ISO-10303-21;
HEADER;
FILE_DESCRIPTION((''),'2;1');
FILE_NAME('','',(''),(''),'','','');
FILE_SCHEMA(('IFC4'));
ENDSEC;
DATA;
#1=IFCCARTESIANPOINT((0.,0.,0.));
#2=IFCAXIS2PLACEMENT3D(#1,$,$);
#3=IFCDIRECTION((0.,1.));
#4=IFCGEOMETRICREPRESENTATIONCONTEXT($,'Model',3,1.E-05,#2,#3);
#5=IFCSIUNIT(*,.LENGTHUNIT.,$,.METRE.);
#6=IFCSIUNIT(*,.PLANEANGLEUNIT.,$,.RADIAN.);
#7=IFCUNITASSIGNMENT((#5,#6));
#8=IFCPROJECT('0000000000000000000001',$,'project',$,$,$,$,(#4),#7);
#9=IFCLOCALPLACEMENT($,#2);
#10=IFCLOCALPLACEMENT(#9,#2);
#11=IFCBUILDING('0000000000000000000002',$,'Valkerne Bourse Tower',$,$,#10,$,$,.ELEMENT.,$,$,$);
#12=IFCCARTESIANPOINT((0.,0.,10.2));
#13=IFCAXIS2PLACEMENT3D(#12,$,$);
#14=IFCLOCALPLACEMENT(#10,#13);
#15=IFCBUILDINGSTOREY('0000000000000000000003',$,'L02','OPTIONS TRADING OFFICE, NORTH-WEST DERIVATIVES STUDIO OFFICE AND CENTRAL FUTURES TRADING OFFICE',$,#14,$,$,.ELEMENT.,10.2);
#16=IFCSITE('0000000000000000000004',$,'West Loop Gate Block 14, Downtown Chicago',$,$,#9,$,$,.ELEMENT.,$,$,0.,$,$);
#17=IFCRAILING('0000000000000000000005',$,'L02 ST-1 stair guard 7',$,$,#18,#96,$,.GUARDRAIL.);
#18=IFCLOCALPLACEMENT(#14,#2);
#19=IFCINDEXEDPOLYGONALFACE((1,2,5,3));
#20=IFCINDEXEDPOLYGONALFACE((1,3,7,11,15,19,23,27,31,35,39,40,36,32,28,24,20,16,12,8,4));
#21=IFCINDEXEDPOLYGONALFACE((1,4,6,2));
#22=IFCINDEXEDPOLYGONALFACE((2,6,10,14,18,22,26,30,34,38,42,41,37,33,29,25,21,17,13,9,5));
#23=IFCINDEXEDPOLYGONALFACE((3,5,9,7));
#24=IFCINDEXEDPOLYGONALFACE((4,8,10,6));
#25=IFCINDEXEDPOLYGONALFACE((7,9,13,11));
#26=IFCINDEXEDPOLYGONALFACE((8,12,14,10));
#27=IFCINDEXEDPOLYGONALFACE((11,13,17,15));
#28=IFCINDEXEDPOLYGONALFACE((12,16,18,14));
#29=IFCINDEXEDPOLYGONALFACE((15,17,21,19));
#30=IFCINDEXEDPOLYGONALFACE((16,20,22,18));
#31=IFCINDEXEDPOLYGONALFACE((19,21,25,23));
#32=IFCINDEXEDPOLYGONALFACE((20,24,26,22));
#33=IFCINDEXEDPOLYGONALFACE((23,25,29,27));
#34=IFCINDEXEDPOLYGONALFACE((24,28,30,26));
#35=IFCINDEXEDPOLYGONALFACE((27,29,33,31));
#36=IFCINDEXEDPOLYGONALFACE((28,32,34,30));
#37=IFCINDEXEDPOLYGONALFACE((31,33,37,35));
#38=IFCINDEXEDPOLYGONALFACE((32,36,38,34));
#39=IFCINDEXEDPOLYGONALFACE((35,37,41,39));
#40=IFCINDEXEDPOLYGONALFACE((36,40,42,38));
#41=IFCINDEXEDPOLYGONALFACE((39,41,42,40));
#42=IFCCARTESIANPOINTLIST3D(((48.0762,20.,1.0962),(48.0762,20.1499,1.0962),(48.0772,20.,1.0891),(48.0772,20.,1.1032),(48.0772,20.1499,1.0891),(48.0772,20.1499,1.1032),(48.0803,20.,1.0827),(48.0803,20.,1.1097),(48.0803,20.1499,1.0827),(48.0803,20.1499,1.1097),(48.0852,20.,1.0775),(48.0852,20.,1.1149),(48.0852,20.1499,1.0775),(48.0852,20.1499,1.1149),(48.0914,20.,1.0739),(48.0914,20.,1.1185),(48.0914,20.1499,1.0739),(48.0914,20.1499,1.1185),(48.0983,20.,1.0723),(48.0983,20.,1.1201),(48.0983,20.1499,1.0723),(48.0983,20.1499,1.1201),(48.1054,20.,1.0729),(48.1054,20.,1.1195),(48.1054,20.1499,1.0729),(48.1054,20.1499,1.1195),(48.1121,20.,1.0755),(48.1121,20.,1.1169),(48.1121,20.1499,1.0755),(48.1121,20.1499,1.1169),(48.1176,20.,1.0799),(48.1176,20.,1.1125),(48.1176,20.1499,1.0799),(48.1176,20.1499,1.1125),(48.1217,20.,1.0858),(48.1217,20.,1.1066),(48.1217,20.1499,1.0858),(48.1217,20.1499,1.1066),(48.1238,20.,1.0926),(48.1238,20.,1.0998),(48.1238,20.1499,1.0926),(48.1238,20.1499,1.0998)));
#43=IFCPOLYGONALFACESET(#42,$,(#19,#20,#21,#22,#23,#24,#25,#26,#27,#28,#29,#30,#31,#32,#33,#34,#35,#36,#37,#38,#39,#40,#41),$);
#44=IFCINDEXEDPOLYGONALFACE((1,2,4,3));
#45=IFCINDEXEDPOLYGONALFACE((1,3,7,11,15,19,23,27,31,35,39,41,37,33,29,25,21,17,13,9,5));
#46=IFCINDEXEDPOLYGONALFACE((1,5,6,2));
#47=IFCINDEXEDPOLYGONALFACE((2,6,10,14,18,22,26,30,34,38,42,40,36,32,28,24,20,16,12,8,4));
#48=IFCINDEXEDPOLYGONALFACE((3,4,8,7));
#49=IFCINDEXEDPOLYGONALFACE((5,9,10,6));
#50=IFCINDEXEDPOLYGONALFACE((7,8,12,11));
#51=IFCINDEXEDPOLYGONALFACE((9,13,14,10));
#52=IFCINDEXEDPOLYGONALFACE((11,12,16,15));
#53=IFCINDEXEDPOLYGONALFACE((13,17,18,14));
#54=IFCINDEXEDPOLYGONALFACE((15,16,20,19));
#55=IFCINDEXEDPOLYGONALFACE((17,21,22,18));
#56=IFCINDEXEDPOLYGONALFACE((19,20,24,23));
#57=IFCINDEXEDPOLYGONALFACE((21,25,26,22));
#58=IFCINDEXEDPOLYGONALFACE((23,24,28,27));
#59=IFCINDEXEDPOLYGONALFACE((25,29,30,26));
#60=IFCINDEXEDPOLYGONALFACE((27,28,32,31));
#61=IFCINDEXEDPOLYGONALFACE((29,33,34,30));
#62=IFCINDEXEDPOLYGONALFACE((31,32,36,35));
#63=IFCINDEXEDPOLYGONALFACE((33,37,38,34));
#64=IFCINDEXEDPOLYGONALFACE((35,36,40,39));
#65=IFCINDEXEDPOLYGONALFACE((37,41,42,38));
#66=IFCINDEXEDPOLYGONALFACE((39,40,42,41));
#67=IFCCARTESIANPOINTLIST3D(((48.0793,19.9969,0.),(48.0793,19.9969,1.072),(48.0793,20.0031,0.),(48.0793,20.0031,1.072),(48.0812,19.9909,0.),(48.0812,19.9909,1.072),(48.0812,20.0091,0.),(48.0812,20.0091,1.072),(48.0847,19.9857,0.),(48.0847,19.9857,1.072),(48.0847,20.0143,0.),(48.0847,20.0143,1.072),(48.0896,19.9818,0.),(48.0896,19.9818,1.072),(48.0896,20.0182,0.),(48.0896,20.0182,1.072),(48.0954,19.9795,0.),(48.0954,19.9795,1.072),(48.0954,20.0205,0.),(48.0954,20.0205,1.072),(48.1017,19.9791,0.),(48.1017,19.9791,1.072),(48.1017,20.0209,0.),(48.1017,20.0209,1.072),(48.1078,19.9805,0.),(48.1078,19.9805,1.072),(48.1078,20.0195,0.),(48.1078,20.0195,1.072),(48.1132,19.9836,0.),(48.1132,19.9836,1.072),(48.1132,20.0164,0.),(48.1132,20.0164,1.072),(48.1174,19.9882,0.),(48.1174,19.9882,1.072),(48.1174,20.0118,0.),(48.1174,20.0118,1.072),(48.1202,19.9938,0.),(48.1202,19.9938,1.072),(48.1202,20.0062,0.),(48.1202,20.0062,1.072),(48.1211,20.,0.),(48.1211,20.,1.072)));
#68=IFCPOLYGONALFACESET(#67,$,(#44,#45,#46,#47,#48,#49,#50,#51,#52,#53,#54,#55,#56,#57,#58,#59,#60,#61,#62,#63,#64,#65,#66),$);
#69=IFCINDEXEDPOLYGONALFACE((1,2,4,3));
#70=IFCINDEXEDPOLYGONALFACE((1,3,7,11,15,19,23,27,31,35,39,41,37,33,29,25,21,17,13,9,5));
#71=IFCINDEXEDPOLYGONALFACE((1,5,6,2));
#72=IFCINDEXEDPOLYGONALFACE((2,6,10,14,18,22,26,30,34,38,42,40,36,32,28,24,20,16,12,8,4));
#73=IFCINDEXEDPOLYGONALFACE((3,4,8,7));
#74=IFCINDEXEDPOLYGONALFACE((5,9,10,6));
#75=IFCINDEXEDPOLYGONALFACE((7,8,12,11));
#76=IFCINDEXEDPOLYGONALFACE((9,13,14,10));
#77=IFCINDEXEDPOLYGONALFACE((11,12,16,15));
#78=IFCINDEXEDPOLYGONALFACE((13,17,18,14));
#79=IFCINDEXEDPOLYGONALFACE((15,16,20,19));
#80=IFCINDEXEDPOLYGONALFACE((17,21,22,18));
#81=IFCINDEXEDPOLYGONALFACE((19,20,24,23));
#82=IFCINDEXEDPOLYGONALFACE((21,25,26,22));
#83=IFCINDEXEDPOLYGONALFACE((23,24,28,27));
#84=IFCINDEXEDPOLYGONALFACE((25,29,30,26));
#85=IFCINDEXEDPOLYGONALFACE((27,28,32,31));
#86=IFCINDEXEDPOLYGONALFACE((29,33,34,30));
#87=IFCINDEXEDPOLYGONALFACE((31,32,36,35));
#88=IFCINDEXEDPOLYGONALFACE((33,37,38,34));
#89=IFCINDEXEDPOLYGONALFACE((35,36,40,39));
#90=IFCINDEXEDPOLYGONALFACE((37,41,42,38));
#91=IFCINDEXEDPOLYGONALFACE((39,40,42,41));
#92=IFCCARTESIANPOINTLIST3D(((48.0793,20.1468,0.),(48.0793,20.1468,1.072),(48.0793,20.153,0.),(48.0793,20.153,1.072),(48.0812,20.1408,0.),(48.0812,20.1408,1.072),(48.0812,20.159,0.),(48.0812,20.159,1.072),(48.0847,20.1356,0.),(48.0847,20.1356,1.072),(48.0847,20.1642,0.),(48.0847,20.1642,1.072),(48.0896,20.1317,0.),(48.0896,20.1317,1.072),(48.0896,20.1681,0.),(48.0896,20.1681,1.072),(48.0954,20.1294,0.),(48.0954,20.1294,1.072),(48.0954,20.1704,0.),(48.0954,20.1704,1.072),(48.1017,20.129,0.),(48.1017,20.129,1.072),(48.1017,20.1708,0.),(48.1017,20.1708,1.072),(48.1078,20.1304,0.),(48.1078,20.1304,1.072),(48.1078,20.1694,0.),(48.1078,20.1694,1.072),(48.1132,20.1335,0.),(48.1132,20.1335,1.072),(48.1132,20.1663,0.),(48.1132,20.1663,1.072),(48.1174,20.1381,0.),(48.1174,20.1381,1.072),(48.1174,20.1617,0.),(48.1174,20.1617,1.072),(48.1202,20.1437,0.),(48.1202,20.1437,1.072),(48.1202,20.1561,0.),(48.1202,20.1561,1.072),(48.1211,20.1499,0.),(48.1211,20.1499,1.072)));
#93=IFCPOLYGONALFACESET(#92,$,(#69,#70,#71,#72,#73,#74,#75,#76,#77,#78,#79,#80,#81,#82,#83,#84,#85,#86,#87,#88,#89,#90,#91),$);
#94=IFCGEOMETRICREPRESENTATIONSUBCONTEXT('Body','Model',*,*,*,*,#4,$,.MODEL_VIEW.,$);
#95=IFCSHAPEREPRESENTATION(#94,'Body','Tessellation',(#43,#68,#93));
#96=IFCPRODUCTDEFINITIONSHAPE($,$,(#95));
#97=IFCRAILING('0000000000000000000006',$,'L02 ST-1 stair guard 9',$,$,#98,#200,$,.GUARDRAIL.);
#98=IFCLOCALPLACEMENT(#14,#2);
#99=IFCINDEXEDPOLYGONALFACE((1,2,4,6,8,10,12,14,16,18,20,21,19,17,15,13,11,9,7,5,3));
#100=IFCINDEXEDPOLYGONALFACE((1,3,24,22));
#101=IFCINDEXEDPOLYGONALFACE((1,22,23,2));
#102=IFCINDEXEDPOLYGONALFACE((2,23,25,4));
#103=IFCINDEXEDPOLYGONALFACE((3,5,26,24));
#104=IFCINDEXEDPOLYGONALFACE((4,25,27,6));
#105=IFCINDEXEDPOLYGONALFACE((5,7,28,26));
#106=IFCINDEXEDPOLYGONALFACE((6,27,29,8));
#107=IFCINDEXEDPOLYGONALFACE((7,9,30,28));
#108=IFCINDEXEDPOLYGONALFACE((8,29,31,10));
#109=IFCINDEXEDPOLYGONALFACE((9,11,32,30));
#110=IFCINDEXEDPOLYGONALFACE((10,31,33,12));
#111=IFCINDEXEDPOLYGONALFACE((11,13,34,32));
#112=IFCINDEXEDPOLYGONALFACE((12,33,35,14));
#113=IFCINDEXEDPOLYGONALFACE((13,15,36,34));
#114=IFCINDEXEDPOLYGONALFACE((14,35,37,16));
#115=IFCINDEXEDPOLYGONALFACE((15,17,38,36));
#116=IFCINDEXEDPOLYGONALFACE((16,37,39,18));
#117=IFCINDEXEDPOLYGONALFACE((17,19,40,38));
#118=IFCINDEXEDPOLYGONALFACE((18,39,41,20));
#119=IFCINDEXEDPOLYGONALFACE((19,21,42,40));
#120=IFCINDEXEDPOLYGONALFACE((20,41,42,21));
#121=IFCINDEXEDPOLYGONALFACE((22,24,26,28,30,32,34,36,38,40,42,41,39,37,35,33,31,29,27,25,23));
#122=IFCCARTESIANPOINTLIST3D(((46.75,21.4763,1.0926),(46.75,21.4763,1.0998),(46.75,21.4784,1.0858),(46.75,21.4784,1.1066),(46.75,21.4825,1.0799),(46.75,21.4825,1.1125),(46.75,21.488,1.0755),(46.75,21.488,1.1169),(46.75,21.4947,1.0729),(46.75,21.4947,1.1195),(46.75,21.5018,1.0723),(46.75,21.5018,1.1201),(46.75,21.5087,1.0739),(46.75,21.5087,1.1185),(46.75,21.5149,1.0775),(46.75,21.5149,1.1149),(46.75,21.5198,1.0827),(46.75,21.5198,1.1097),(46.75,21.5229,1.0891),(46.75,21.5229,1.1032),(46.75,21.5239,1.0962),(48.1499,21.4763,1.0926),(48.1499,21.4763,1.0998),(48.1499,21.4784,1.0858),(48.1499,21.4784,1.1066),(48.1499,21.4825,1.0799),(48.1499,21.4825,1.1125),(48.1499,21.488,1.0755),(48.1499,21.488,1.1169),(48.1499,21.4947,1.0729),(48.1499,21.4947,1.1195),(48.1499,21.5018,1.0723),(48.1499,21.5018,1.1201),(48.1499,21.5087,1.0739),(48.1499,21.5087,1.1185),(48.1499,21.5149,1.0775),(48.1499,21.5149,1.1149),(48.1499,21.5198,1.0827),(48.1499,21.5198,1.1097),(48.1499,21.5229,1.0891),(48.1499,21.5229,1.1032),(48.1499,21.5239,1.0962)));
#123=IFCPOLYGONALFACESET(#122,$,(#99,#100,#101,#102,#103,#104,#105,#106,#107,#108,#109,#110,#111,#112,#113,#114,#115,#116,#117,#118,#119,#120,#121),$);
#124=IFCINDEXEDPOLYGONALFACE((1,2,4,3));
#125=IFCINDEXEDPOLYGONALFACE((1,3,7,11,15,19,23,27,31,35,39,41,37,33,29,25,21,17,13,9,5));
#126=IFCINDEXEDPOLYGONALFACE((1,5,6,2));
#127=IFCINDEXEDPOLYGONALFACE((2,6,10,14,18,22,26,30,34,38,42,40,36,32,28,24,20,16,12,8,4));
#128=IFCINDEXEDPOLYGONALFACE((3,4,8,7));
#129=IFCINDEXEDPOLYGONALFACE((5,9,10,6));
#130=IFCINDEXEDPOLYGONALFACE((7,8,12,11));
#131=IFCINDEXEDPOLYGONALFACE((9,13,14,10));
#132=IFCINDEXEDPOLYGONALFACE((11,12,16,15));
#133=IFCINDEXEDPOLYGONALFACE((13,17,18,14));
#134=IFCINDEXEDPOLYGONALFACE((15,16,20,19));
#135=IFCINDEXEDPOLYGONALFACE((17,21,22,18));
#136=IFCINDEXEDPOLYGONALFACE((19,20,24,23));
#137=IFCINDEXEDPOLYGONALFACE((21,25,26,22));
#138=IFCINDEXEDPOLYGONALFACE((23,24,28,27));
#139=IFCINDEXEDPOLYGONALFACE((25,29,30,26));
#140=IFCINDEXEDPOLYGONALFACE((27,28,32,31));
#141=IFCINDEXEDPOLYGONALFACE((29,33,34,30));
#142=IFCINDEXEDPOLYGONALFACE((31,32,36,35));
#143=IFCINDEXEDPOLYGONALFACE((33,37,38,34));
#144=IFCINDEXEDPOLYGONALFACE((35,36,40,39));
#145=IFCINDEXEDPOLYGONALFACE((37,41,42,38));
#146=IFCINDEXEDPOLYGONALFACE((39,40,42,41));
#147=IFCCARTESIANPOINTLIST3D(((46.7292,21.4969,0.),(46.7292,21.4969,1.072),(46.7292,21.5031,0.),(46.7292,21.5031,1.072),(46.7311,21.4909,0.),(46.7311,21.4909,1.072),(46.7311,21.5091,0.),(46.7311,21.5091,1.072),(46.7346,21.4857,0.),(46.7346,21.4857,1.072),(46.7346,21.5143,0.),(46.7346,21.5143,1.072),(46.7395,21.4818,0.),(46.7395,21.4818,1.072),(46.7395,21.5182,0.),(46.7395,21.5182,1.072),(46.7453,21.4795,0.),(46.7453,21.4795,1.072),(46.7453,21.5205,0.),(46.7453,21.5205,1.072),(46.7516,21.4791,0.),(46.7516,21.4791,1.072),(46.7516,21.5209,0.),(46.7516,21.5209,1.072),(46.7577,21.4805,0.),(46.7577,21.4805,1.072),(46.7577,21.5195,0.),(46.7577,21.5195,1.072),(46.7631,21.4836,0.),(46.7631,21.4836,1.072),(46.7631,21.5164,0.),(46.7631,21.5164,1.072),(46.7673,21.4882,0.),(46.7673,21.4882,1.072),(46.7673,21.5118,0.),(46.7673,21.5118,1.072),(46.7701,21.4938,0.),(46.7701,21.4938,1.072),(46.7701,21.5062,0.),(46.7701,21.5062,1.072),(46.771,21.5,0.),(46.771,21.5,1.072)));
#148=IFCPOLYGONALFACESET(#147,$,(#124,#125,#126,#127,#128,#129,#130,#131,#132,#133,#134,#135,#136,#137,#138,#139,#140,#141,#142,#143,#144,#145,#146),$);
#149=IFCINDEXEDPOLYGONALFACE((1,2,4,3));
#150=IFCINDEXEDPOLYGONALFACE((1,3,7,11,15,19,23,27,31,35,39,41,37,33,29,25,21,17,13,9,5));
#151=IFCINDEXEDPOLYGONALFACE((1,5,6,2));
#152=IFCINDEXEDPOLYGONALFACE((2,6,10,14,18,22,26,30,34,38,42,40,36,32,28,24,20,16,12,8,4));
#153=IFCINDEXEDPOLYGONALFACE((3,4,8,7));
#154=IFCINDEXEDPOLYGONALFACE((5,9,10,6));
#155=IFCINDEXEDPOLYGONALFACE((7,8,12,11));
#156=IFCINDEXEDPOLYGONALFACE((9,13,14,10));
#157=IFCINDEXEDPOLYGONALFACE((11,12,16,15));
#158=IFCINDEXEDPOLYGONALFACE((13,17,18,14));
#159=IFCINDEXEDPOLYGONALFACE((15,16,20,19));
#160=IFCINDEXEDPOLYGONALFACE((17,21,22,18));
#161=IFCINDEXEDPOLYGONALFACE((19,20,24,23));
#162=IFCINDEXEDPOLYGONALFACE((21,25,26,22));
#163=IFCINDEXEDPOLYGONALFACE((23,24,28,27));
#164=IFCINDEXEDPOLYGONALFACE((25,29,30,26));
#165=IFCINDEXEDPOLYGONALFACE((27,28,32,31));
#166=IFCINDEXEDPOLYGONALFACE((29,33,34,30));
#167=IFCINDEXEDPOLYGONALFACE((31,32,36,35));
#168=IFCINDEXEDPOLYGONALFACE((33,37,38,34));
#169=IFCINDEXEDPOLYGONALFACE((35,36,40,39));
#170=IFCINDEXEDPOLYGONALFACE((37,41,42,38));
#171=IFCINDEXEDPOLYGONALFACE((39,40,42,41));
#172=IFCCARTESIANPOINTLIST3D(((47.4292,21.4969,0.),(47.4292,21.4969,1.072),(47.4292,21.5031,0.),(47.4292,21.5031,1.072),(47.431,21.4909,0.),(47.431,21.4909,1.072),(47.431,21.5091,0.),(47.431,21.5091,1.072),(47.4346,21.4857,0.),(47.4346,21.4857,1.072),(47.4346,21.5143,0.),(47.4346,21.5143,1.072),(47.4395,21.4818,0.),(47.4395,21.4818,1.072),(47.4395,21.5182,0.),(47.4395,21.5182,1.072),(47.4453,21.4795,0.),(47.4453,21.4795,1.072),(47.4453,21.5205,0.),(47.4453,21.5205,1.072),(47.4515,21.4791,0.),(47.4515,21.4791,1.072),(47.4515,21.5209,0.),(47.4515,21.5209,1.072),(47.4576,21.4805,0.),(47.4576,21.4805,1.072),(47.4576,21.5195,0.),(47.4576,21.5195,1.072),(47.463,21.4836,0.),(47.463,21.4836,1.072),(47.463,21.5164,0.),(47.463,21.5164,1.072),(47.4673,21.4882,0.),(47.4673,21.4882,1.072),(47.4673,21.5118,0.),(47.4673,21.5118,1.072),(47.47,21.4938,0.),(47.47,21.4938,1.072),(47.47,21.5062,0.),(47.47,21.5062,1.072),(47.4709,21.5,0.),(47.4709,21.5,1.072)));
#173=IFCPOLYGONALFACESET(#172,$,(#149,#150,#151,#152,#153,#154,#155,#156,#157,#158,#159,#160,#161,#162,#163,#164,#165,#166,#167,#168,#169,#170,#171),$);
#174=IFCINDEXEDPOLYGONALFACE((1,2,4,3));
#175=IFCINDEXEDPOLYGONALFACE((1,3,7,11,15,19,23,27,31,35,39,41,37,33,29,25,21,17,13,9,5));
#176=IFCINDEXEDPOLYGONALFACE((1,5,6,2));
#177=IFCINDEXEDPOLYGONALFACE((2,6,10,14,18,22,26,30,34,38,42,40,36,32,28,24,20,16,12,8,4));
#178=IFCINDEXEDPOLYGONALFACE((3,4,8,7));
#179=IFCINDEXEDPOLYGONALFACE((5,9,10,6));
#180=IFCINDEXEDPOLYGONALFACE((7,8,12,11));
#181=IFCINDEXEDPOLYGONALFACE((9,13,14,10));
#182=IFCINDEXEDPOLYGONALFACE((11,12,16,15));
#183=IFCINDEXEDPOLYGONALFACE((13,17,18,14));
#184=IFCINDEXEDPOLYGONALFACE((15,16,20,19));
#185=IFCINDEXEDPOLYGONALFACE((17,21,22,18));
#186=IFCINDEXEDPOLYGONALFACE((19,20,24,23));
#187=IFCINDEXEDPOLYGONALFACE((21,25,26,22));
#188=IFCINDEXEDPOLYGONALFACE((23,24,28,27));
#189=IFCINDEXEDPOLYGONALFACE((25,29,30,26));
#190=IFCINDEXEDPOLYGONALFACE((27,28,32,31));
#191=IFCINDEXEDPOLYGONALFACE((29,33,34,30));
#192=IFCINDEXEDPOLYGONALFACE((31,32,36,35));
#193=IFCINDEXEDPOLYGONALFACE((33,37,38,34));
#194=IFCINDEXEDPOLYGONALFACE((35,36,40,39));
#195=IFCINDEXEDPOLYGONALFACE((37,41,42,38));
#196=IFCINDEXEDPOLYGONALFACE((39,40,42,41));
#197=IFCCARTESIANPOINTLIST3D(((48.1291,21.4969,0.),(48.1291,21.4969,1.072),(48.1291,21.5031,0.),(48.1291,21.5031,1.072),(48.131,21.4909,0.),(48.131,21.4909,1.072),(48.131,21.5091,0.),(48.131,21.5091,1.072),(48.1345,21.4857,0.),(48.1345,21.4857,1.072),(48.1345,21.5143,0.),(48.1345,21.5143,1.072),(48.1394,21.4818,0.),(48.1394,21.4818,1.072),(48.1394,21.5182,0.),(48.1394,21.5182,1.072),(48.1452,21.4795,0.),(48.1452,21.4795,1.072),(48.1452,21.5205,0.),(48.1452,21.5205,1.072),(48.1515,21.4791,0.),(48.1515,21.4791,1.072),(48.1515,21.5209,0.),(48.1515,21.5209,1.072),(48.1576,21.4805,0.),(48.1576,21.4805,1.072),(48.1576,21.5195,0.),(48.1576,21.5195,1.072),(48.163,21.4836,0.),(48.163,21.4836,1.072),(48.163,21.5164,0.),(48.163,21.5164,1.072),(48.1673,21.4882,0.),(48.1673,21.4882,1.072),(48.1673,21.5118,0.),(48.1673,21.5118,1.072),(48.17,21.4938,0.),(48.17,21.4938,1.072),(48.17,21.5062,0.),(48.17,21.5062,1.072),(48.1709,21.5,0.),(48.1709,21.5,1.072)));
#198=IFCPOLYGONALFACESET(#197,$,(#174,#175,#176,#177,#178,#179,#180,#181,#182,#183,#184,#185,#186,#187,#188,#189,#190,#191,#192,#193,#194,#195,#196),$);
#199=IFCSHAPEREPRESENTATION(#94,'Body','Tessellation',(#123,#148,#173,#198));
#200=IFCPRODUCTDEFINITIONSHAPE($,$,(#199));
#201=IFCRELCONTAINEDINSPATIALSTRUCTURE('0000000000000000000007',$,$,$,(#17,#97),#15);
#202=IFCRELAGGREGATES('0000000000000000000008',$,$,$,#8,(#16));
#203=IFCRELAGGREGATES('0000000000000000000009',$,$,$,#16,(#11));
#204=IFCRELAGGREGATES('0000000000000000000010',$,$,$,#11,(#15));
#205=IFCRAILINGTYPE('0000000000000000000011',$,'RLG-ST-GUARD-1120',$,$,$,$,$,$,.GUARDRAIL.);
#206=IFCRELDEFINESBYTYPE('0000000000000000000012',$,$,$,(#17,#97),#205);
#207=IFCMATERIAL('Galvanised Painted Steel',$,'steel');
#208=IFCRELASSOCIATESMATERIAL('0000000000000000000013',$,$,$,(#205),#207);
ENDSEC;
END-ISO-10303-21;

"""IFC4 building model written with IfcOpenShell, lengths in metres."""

from ifc_helpers import new_model, si_unit, direction, frame, origin, origin_2d, place, context, subcontext, project, spatial, circle, extrude, material, type_object, element, save


model = new_model("IFC4")

# Units and contexts
model_context = context("Model", 3, precision=1e-05, world=origin(), true_north=direction((0.0, 1.0)))
body_context = subcontext(model_context, "Body", "Model", "MODEL_VIEW")
ifc_project = project(units=[si_unit("LENGTHUNIT", "METRE"), si_unit("PLANEANGLEUNIT", "RADIAN")], contexts=[model_context])

# Site, building, storey
site_placement = place(None, origin())
site = spatial("IfcSite", under=ifc_project, at=site_placement, Name="West Loop Gate Block 14, Downtown Chicago", CompositionType="ELEMENT", RefElevation=0.0)
building_placement = place(site_placement, origin())
building = spatial("IfcBuilding", under=site, at=building_placement, Name="Valkerne Bourse Tower", CompositionType="ELEMENT")
storey_placement = place(building_placement, frame((0.0, 0.0, 10.2)))
storey = spatial("IfcBuildingStorey", under=building, at=storey_placement, Name="L02", Description="OPTIONS TRADING OFFICE, NORTH-WEST DERIVATIVES STUDIO OFFICE AND CENTRAL FUTURES TRADING OFFICE", CompositionType="ELEMENT", Elevation=10.2)

# Shared definitions
ifc_material_1 = material(Name="Galvanised Painted Steel", Category="steel")

# Railings
railing_type_1 = type_object("IfcRailingType", Name="RLG-ST-GUARD-1120", PredefinedType="GUARDRAIL", material=ifc_material_1)
railing_1_placement = place(storey_placement, frame((48.1001, 20.0, 0.0)))
element("IfcRailing", 1, at=railing_1_placement, inside=storey, type_object=railing_type_1, Name="L02 ST-1 stair guard 7", PredefinedType="GUARDRAIL", context=body_context, shape_type="SweptSolid", body=[
    extrude(circle(Radius=0.0239, at=origin_2d()), frame((0.0, 0.0, 1.0962), z_axis=(0.0, 1.0, 0.0), x_axis=(-1.0, 0.0, 0.0)), (0.0, 0.0, 1.0), 0.1499),
    extrude(circle(Radius=0.021, at=origin_2d()), origin(), (0.0, 0.0, 1.0), 1.072),
    extrude(circle(Radius=0.021, at=origin_2d()), frame((0.0, 0.1499, 0.0)), (0.0, 0.0, 1.0), 1.072),
])
railing_2_placement = place(storey_placement, frame((46.75, 21.5, 0.0)))
element("IfcRailing", 2, at=railing_2_placement, inside=storey, type_object=railing_type_1, Name="L02 ST-1 stair guard 9", PredefinedType="GUARDRAIL", context=body_context, shape_type="SweptSolid", body=[
    extrude(circle(Radius=0.0239, at=origin_2d()), frame((0.0, 0.0, 1.0962), z_axis=(1.0, 0.0, 0.0), x_axis=(0.0, 1.0, 0.0)), (0.0, 0.0, 1.0), 1.3999),
    extrude(circle(Radius=0.021, at=origin_2d()), origin(), (0.0, 0.0, 1.0), 1.072),
    extrude(circle(Radius=0.021, at=origin_2d()), frame((0.7, 0.0, 0.0)), (0.0, 0.0, 1.0), 1.072),
    extrude(circle(Radius=0.021, at=origin_2d()), frame((1.3999, 0.0, 0.0)), (0.0, 0.0, 1.0), 1.072),
])

save(model, "model.ifc")
